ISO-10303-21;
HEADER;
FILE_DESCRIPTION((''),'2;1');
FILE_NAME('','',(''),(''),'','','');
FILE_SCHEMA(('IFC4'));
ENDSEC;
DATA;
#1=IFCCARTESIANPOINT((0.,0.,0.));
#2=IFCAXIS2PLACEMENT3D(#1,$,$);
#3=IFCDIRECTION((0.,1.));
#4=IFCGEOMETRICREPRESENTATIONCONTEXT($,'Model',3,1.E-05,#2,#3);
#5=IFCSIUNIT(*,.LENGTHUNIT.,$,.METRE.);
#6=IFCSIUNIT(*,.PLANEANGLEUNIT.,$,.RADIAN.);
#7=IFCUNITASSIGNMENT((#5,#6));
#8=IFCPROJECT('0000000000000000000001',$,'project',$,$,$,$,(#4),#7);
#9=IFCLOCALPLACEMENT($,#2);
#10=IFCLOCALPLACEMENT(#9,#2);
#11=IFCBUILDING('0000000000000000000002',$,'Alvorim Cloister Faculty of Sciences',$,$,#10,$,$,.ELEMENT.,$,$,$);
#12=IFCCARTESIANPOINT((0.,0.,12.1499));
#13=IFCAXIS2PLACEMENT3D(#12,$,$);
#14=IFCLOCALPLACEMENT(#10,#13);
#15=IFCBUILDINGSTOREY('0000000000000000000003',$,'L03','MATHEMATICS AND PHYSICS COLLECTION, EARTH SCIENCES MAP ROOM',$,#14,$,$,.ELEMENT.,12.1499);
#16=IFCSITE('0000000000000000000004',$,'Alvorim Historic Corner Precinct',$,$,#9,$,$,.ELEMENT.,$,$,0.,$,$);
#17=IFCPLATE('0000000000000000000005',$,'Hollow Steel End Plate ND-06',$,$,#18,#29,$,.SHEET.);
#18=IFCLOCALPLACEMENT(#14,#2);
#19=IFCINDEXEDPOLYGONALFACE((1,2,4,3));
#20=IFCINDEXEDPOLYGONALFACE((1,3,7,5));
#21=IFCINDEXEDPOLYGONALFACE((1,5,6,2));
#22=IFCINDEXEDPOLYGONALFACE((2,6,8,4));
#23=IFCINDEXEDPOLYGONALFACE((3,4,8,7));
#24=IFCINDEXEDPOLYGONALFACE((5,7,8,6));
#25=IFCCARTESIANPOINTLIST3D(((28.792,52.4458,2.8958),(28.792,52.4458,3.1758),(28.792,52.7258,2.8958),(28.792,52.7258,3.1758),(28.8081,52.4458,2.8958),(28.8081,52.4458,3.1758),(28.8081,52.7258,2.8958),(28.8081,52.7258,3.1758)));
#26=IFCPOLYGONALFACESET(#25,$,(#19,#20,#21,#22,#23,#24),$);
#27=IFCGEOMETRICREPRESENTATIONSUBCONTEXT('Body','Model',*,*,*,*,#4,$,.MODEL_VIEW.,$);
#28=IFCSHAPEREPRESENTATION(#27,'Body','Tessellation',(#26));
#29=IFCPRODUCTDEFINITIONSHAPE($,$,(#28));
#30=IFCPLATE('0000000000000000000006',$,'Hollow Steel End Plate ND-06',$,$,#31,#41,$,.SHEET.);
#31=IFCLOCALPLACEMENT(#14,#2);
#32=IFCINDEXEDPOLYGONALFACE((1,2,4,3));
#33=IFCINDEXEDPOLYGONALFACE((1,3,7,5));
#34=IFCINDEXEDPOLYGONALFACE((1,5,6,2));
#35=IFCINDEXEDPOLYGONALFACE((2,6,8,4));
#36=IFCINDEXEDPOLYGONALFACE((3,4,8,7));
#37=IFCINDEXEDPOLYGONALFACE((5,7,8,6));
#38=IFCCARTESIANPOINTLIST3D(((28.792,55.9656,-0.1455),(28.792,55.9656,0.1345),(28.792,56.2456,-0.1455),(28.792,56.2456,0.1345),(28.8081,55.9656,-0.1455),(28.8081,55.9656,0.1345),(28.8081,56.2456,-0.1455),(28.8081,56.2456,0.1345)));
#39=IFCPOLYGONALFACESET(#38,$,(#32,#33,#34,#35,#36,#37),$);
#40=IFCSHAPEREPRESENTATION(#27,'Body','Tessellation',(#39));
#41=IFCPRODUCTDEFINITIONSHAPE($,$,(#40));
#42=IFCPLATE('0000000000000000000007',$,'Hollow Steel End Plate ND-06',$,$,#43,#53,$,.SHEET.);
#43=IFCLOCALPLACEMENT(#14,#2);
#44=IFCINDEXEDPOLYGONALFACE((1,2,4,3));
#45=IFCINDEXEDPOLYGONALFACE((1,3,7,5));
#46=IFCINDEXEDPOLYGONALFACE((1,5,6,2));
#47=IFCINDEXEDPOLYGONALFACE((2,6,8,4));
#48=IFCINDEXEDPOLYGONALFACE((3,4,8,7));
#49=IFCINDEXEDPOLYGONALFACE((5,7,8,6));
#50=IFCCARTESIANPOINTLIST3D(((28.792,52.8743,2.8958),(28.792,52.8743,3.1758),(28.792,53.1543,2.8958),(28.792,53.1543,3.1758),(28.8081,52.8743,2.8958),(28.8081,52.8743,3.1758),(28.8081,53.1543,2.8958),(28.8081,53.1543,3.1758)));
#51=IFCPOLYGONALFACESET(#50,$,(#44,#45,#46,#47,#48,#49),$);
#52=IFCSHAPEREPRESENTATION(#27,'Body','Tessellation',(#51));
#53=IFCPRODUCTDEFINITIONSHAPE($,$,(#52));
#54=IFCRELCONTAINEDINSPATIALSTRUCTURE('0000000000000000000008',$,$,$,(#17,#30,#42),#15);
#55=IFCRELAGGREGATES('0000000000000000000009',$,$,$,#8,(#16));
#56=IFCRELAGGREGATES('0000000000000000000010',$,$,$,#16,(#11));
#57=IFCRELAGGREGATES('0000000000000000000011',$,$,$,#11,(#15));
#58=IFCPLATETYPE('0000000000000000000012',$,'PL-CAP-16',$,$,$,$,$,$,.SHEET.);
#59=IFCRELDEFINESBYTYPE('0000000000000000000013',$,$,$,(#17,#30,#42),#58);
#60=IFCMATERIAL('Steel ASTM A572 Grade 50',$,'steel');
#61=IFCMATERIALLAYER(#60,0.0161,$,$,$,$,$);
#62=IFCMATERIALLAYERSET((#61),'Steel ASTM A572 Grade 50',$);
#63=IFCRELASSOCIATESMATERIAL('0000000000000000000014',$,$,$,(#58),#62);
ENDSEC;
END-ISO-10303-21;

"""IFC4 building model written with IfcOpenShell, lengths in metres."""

from ifc_helpers import new_model, si_unit, direction, frame, origin, place, context, subcontext, project, spatial, polyline, outline, extrude, material, layer, layer_set, type_object, element, save


model = new_model("IFC4")

# Units and contexts
model_context = context("Model", 3, precision=1e-05, world=origin(), true_north=direction((0.0, 1.0)))
body_context = subcontext(model_context, "Body", "Model", "MODEL_VIEW")
ifc_project = project(units=[si_unit("LENGTHUNIT", "METRE"), si_unit("PLANEANGLEUNIT", "RADIAN")], contexts=[model_context])

# Site, building, storey
site_placement = place(None, origin())
site = spatial("IfcSite", under=ifc_project, at=site_placement, Name="Alvorim Historic Corner Precinct", CompositionType="ELEMENT", RefElevation=0.0)
building_placement = place(site_placement, origin())
building = spatial("IfcBuilding", under=site, at=building_placement, Name="Alvorim Cloister Faculty of Sciences", CompositionType="ELEMENT")
storey_placement = place(building_placement, frame((0.0, 0.0, 12.1499)))
storey = spatial("IfcBuildingStorey", under=building, at=storey_placement, Name="L03", Description="MATHEMATICS AND PHYSICS COLLECTION, EARTH SCIENCES MAP ROOM", CompositionType="ELEMENT", Elevation=12.1499)

# Shared definitions
ifc_material_1 = material(Name="Steel ASTM A572 Grade 50", Category="steel")

# Plates
ifc_layer = layer(ifc_material_1, 0.0161)
ifc_layer_set = layer_set([ifc_layer], Name="Steel ASTM A572 Grade 50")
plate_type = type_object("IfcPlateType", Name="PL-CAP-16", PredefinedType="SHEET", material=ifc_layer_set)
for number, where, z_axis, x_axis, name in (
    (1, (28.8, 52.4458, 2.8958), (0.0, 0.0, 1.0), (0.0, 1.0, 0.0), "Hollow Steel End Plate ND-06"),
    (2, (28.8, 56.2456, -0.1455), (0.0, 0.0, 1.0), (0.0, -1.0, 0.0), "Hollow Steel End Plate ND-06"),
    (3, (28.8, 53.1543, 2.8958), (0.0, 0.0, 1.0), (0.0, -1.0, 0.0), "Hollow Steel End Plate ND-06"),
):
    element("IfcPlate", number, at=place(storey_placement, frame(where, z_axis=z_axis, x_axis=x_axis)), inside=storey, type_object=plate_type, Name=name, PredefinedType="SHEET", context=body_context, shape_type="SweptSolid", body=[
        extrude(outline(polyline([(0.0, 0.0), (0.28, 0.0), (0.28, 0.28), (0.0, 0.28), (0.0, 0.0)])), frame((0.0, 0.0081, 0.0), z_axis=(0.0, -1.0, 0.0), x_axis=(1.0, 0.0, 0.0)), (0.0, 0.0, 1.0), 0.0161),
    ])

save(model, "model.ifc")
